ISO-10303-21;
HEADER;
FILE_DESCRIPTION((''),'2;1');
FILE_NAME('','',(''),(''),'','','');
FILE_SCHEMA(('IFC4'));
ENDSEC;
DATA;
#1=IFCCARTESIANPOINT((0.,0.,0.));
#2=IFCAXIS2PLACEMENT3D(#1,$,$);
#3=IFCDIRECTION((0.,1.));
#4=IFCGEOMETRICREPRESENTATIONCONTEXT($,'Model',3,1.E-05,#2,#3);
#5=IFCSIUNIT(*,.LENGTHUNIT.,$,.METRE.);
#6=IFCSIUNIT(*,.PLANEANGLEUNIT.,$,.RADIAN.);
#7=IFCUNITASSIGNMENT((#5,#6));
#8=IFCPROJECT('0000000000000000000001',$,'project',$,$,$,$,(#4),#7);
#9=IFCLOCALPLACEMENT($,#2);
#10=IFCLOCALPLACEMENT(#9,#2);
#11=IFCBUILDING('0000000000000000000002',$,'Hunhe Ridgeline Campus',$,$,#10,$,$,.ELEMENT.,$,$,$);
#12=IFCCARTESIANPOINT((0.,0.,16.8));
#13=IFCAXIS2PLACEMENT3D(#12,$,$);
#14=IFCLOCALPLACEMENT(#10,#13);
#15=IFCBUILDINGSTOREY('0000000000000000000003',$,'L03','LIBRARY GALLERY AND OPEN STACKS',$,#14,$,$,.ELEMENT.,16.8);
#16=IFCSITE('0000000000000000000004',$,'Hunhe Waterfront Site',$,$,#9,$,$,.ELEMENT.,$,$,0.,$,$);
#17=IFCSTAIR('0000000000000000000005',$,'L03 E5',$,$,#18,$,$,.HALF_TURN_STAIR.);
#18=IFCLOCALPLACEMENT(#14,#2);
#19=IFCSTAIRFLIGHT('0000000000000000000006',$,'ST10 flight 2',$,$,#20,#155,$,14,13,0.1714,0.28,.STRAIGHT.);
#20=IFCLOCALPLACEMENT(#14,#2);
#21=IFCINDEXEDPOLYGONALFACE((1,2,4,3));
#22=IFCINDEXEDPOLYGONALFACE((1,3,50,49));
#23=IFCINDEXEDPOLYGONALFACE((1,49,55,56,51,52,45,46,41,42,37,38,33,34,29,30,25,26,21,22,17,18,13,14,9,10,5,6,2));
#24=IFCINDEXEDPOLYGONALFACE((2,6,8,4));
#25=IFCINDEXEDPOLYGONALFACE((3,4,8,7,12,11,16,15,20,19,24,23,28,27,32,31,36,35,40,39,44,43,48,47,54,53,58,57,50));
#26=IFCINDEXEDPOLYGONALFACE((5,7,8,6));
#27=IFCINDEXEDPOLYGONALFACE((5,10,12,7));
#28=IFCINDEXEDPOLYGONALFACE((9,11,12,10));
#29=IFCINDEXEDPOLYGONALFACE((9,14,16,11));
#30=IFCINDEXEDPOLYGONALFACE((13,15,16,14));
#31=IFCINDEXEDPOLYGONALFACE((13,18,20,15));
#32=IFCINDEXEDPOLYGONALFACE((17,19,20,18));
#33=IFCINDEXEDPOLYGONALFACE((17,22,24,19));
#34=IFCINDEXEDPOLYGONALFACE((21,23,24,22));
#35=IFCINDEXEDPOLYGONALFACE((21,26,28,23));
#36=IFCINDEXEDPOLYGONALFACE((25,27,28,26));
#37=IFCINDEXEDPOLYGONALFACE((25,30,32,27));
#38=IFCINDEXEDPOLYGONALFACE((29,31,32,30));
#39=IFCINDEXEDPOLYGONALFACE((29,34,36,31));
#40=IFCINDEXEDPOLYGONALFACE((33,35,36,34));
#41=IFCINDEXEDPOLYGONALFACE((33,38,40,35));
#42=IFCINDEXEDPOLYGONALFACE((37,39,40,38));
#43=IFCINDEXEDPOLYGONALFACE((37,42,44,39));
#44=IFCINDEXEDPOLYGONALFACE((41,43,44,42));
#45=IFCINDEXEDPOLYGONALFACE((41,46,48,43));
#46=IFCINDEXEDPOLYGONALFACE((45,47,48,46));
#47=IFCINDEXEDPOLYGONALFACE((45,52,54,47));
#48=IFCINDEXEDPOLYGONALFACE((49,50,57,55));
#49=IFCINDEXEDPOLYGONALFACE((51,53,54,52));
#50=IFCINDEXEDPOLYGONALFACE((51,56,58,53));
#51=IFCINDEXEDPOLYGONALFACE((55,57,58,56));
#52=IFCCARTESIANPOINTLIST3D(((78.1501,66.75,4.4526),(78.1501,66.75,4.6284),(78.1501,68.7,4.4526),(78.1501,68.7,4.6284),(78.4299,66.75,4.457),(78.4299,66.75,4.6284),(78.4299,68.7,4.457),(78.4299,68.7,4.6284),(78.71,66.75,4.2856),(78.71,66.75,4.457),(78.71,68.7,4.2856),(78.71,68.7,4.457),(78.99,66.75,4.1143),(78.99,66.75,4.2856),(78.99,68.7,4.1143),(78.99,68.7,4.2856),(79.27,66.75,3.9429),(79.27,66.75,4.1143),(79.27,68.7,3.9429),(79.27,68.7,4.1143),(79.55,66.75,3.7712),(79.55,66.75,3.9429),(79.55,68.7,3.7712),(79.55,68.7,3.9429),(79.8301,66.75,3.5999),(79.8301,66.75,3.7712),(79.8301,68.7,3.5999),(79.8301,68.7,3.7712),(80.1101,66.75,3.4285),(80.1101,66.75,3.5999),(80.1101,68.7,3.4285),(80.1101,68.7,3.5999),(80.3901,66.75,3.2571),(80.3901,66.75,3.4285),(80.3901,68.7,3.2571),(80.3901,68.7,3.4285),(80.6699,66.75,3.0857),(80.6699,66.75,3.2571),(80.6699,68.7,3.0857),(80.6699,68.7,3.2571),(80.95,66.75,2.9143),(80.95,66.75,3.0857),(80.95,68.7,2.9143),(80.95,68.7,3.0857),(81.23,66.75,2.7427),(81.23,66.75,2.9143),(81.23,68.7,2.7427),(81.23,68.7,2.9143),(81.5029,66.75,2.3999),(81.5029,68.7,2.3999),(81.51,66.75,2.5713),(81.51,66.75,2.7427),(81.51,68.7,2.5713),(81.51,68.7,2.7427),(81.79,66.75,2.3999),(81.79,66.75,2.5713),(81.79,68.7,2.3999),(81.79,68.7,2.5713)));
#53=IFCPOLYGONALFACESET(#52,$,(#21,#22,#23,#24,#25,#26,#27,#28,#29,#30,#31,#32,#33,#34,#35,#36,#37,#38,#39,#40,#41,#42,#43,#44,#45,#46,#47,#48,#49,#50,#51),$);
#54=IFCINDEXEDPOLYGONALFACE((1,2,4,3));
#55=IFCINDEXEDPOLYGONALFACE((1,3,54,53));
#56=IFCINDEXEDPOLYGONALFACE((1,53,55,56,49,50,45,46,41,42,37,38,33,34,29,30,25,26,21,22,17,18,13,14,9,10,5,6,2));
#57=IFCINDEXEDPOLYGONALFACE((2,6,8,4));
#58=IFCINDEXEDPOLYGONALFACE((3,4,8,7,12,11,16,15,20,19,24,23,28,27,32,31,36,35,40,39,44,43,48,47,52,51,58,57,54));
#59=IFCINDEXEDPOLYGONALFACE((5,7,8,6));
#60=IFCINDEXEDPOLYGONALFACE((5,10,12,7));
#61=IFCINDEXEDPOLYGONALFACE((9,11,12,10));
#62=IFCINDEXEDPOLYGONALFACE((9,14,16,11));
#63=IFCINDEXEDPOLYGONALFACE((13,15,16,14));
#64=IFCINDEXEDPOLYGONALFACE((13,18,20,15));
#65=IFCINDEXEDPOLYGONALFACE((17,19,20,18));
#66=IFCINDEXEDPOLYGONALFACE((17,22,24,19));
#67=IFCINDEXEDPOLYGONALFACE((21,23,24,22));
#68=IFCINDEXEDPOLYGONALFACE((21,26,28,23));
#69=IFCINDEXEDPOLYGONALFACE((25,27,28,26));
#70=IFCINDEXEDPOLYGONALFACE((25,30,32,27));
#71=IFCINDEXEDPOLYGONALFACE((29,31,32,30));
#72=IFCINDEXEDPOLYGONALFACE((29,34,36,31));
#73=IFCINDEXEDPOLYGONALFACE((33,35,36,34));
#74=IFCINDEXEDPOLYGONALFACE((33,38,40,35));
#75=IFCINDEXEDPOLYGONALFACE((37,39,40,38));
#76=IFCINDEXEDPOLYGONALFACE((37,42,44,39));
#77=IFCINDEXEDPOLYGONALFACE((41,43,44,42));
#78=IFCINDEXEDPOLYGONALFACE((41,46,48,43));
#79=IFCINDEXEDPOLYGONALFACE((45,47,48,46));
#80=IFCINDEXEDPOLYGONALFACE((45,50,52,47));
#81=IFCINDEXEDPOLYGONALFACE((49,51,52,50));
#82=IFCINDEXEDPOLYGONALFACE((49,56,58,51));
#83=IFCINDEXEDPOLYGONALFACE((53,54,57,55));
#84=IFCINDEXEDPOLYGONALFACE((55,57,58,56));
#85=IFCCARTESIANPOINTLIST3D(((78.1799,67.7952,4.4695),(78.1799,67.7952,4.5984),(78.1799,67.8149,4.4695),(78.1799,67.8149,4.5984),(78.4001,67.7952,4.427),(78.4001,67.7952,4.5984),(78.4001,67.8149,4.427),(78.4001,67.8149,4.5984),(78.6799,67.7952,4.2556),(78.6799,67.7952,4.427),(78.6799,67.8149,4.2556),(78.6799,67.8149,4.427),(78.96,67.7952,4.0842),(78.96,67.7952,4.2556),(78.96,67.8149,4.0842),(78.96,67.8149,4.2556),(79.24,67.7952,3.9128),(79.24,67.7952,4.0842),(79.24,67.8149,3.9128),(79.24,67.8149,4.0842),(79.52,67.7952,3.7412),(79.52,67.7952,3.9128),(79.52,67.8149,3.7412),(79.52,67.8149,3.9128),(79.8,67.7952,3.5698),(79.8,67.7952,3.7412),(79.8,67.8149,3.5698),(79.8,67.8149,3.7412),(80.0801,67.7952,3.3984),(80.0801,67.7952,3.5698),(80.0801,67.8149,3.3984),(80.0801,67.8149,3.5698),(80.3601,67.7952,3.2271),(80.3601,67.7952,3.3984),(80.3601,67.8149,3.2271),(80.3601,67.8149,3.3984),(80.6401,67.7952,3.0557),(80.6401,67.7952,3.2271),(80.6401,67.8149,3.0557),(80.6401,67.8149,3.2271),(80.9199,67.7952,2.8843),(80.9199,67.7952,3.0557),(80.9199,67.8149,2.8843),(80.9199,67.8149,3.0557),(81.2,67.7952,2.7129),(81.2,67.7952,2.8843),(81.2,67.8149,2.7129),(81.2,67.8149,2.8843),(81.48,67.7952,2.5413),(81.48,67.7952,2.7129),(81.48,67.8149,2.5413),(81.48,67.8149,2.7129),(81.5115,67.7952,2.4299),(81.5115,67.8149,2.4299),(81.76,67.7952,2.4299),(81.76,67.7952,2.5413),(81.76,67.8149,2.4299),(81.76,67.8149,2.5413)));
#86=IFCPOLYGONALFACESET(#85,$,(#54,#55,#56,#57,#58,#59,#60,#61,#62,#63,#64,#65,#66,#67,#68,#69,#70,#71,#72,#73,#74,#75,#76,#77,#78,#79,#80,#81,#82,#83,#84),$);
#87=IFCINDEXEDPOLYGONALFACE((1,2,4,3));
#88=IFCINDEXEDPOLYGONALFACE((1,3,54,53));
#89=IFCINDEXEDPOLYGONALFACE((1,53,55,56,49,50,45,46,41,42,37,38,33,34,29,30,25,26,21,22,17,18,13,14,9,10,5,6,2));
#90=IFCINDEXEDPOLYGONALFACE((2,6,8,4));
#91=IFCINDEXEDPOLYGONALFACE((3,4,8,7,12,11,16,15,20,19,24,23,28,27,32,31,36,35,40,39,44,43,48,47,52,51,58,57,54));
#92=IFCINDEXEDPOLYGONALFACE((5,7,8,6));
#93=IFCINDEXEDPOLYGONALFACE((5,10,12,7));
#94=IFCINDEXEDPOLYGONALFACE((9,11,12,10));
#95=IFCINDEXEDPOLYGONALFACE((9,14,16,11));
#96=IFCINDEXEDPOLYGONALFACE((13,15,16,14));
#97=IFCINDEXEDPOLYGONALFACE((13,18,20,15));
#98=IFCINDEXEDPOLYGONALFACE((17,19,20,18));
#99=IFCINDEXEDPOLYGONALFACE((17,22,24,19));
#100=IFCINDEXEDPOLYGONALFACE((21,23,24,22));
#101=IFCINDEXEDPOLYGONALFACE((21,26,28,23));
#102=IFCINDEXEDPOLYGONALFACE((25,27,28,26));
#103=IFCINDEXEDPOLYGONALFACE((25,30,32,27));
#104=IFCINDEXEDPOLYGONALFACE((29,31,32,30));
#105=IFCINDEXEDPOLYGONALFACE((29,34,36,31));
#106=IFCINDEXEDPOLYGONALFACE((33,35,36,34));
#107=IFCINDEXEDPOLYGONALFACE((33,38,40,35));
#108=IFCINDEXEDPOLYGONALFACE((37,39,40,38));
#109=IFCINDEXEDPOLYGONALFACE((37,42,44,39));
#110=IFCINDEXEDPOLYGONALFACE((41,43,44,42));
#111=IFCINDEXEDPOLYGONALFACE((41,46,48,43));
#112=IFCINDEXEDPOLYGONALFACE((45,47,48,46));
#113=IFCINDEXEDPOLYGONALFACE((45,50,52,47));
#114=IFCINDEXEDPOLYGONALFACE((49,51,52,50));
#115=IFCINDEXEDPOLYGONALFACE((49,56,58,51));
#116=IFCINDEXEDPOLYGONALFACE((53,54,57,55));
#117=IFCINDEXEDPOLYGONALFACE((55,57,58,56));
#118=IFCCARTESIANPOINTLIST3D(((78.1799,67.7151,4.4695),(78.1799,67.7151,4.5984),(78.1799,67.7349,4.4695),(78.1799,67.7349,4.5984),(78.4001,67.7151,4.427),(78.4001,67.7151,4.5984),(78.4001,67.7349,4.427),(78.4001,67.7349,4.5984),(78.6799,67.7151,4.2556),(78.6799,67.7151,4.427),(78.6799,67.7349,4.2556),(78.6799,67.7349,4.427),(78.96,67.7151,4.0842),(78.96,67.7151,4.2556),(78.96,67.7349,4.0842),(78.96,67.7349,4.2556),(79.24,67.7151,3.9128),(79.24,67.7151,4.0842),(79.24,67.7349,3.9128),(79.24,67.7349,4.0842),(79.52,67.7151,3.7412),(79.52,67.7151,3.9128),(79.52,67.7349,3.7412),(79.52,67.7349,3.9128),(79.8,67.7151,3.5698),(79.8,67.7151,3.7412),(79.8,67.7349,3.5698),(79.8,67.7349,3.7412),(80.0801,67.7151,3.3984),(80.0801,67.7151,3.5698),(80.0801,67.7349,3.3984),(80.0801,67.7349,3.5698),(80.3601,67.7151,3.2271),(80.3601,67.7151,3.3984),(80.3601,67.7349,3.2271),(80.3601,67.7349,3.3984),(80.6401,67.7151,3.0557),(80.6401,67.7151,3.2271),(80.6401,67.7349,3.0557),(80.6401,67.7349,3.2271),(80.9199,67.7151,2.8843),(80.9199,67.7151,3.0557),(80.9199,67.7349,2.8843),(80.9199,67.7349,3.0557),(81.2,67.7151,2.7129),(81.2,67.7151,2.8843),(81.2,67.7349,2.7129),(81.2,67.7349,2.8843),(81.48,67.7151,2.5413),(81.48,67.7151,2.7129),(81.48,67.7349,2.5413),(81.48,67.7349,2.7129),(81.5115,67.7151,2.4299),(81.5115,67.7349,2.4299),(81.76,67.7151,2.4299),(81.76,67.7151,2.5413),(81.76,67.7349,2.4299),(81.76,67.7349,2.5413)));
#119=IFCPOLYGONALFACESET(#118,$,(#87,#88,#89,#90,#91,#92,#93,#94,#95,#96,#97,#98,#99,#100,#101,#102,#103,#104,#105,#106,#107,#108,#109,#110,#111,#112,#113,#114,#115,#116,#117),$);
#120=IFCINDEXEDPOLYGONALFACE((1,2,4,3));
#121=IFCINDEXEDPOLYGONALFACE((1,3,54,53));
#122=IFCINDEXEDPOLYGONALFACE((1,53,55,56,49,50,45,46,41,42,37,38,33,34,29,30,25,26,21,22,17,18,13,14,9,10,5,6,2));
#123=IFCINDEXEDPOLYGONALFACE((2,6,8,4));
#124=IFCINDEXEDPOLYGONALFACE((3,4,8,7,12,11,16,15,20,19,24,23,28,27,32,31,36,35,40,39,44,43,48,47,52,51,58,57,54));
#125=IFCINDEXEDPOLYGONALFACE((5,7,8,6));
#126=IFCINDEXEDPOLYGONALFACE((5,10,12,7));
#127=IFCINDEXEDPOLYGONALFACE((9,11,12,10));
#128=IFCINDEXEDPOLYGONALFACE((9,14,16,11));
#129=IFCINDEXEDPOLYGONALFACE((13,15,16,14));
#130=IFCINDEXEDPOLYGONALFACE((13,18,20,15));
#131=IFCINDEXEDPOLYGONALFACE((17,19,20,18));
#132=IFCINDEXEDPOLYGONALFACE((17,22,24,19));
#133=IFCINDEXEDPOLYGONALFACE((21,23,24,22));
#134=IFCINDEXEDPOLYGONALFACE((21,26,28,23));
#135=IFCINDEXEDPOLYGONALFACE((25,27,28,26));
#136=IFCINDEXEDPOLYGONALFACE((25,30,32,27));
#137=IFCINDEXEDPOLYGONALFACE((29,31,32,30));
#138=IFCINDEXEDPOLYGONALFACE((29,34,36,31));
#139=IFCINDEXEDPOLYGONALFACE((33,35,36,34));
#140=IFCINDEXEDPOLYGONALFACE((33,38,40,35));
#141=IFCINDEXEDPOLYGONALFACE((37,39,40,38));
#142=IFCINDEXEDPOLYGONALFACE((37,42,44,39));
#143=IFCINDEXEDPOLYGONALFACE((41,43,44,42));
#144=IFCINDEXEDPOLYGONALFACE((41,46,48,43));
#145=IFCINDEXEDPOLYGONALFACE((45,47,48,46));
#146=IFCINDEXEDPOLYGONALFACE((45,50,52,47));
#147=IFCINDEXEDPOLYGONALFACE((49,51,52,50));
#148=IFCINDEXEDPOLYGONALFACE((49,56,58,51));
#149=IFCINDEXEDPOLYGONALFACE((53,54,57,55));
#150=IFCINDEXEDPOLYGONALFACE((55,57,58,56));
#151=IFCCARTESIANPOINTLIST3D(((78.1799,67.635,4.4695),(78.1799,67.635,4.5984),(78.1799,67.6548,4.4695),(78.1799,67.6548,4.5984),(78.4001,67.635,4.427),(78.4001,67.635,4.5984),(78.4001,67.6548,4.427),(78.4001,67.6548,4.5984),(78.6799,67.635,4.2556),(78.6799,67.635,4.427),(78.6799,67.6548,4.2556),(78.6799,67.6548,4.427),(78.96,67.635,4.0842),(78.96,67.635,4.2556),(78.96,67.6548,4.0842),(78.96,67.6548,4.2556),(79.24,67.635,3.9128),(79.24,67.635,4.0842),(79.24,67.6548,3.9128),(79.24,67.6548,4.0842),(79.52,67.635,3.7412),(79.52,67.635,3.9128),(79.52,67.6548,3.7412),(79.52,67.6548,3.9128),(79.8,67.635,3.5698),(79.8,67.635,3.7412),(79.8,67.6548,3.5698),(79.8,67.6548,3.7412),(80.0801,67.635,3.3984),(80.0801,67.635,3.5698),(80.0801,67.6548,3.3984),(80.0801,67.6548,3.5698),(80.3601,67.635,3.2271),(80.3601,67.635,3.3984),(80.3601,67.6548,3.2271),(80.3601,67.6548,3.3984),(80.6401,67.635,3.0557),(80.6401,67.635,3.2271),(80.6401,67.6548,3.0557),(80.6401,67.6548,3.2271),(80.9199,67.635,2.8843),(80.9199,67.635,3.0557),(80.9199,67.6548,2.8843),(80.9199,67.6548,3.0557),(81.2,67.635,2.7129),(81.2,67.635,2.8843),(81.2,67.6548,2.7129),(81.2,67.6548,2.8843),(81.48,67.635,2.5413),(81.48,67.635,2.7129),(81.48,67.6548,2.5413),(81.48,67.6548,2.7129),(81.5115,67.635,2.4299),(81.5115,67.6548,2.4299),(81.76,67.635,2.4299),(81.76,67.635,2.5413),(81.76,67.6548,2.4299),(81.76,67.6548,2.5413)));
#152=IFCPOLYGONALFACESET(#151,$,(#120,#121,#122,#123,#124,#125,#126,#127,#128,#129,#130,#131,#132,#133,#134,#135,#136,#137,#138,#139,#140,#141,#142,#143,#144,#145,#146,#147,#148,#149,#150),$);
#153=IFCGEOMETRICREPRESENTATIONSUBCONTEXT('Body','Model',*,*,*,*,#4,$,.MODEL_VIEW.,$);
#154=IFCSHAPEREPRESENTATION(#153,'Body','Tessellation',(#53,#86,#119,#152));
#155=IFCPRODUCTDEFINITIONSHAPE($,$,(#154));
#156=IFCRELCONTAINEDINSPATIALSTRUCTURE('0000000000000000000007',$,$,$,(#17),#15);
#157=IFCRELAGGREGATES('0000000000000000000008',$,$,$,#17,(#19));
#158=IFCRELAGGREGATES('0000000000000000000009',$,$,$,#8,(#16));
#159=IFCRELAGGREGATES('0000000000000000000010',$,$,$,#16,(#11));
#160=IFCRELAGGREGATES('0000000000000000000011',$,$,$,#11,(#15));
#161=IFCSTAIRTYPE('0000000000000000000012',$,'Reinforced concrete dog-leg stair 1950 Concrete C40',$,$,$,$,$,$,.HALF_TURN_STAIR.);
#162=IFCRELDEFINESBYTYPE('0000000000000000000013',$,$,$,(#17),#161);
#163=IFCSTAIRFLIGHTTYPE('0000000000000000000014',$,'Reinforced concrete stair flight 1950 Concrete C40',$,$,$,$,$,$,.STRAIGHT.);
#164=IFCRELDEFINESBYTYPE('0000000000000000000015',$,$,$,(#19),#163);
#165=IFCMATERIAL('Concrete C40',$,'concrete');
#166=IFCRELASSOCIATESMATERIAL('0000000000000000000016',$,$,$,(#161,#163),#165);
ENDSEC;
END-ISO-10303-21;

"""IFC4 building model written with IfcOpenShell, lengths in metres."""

from ifc_helpers import new_model, si_unit, direction, frame, origin, place, context, subcontext, project, spatial, polyline, outline, extrude, material, type_object, element, aggregate, save


model = new_model("IFC4")

# Units and contexts
model_context = context("Model", 3, precision=1e-05, world=origin(), true_north=direction((0.0, 1.0)))
body_context = subcontext(model_context, "Body", "Model", "MODEL_VIEW")
ifc_project = project(units=[si_unit("LENGTHUNIT", "METRE"), si_unit("PLANEANGLEUNIT", "RADIAN")], contexts=[model_context])

# Site, building, storey
site_placement = place(None, origin())
site = spatial("IfcSite", under=ifc_project, at=site_placement, Name="Hunhe Waterfront Site", CompositionType="ELEMENT", RefElevation=0.0)
building_placement = place(site_placement, origin())
building = spatial("IfcBuilding", under=site, at=building_placement, Name="Hunhe Ridgeline Campus", CompositionType="ELEMENT")
storey_placement = place(building_placement, frame((0.0, 0.0, 16.8)))
storey = spatial("IfcBuildingStorey", under=building, at=storey_placement, Name="L03", Description="LIBRARY GALLERY AND OPEN STACKS", CompositionType="ELEMENT", Elevation=16.8)

# Stair, stair flight
ifc_material_1 = material(Name="Concrete C40", Category="concrete")
stair_type = type_object("IfcStairType", Name="Reinforced concrete dog-leg stair 1950 Concrete C40", PredefinedType="HALF_TURN_STAIR", material=ifc_material_1)
stair_placement = place(storey_placement, origin())
stair = element("IfcStair", 1, at=stair_placement, inside=storey, type_object=stair_type, Name="L03 E5", PredefinedType="HALF_TURN_STAIR")
stair_flight_type = type_object("IfcStairFlightType", Name="Reinforced concrete stair flight 1950 Concrete C40", PredefinedType="STRAIGHT", material=ifc_material_1)
stair_flight_1_placement = place(storey_placement, frame((81.79, 67.7251, 2.3999), z_axis=(0.0, 0.0, 1.0), x_axis=(-1.0, 0.0, 0.0)))
stair_flight_1 = element("IfcStairFlight", 2, at=stair_flight_1_placement, type_object=stair_flight_type, Name="ST10 flight 2", NumberOfRisers=14, NumberOfTreads=13, PredefinedType="STRAIGHT", RiserHeight=0.1714, TreadLength=0.28, context=body_context, shape_type="SweptSolid", body=[
    extrude(outline(polyline([(0.0, 0.0), (0.0, 0.1714), (0.28, 0.1714), (0.28, 0.3428), (0.5601, 0.3428), (0.5601, 0.5144), (0.8401, 0.5144), (0.8401, 0.6858), (1.1201, 0.6858), (1.1201, 0.8572), (1.3999, 0.8572), (1.3999, 1.0286), (1.6799, 1.0286), (1.6799, 1.2), (1.96, 1.2), (1.96, 1.3713), (2.24, 1.3713), (2.24, 1.543), (2.52, 1.543), (2.52, 1.7144), (2.8, 1.7144), (2.8, 1.8857), (3.0801, 1.8857), (3.0801, 2.0571), (3.3601, 2.0571), (3.3601, 2.2285), (3.6399, 2.2285), (3.6399, 2.3999), (3.6399, 2.0527), (0.2871, 0.0), (0.0, 0.0)])), frame((0.0, 0.9751, 0.0), z_axis=(0.0, -1.0, 0.0), x_axis=(1.0, 0.0, 0.0)), (0.0, 0.0, 1.0), 1.95),
    extrude(outline(polyline([(0.03, 0.03), (0.03, 0.1414), (0.3101, 0.1414), (0.3101, 0.313), (0.5901, 0.313), (0.5901, 0.4844), (0.8701, 0.4844), (0.8701, 0.6558), (1.1499, 0.6558), (1.1499, 0.8271), (1.4299, 0.8271), (1.4299, 0.9985), (1.71, 0.9985), (1.71, 1.1699), (1.99, 1.1699), (1.99, 1.3413), (2.27, 1.3413), (2.27, 1.5129), (2.55, 1.5129), (2.55, 1.6843), (2.8301, 1.6843), (2.8301, 1.8557), (3.1101, 1.8557), (3.1101, 2.0271), (3.3899, 2.0271), (3.3899, 2.1985), (3.6101, 2.1985), (3.6101, 2.0696), (0.2786, 0.03), (0.03, 0.03)])), frame((0.0, -0.0701, 0.0), z_axis=(0.0, -1.0, 0.0), x_axis=(1.0, 0.0, 0.0)), (0.0, 0.0, 1.0), 0.0198),
    extrude(outline(polyline([(0.03, 0.03), (0.03, 0.1414), (0.3101, 0.1414), (0.3101, 0.313), (0.5901, 0.313), (0.5901, 0.4844), (0.8701, 0.4844), (0.8701, 0.6558), (1.1499, 0.6558), (1.1499, 0.8271), (1.4299, 0.8271), (1.4299, 0.9985), (1.71, 0.9985), (1.71, 1.1699), (1.99, 1.1699), (1.99, 1.3413), (2.27, 1.3413), (2.27, 1.5129), (2.55, 1.5129), (2.55, 1.6843), (2.8301, 1.6843), (2.8301, 1.8557), (3.1101, 1.8557), (3.1101, 2.0271), (3.3899, 2.0271), (3.3899, 2.1985), (3.6101, 2.1985), (3.6101, 2.0696), (0.2786, 0.03), (0.03, 0.03)])), frame((0.0, 0.01, 0.0), z_axis=(0.0, -1.0, 0.0), x_axis=(1.0, 0.0, 0.0)), (0.0, 0.0, 1.0), 0.0198),
    extrude(outline(polyline([(0.03, 0.03), (0.03, 0.1414), (0.3101, 0.1414), (0.3101, 0.313), (0.5901, 0.313), (0.5901, 0.4844), (0.8701, 0.4844), (0.8701, 0.6558), (1.1499, 0.6558), (1.1499, 0.8271), (1.4299, 0.8271), (1.4299, 0.9985), (1.71, 0.9985), (1.71, 1.1699), (1.99, 1.1699), (1.99, 1.3413), (2.27, 1.3413), (2.27, 1.5129), (2.55, 1.5129), (2.55, 1.6843), (2.8301, 1.6843), (2.8301, 1.8557), (3.1101, 1.8557), (3.1101, 2.0271), (3.3899, 2.0271), (3.3899, 2.1985), (3.6101, 2.1985), (3.6101, 2.0696), (0.2786, 0.03), (0.03, 0.03)])), frame((0.0, 0.0901, 0.0), z_axis=(0.0, -1.0, 0.0), x_axis=(1.0, 0.0, 0.0)), (0.0, 0.0, 1.0), 0.0198),
])
aggregate(stair, [stair_flight_1])

save(model, "model.ifc")
